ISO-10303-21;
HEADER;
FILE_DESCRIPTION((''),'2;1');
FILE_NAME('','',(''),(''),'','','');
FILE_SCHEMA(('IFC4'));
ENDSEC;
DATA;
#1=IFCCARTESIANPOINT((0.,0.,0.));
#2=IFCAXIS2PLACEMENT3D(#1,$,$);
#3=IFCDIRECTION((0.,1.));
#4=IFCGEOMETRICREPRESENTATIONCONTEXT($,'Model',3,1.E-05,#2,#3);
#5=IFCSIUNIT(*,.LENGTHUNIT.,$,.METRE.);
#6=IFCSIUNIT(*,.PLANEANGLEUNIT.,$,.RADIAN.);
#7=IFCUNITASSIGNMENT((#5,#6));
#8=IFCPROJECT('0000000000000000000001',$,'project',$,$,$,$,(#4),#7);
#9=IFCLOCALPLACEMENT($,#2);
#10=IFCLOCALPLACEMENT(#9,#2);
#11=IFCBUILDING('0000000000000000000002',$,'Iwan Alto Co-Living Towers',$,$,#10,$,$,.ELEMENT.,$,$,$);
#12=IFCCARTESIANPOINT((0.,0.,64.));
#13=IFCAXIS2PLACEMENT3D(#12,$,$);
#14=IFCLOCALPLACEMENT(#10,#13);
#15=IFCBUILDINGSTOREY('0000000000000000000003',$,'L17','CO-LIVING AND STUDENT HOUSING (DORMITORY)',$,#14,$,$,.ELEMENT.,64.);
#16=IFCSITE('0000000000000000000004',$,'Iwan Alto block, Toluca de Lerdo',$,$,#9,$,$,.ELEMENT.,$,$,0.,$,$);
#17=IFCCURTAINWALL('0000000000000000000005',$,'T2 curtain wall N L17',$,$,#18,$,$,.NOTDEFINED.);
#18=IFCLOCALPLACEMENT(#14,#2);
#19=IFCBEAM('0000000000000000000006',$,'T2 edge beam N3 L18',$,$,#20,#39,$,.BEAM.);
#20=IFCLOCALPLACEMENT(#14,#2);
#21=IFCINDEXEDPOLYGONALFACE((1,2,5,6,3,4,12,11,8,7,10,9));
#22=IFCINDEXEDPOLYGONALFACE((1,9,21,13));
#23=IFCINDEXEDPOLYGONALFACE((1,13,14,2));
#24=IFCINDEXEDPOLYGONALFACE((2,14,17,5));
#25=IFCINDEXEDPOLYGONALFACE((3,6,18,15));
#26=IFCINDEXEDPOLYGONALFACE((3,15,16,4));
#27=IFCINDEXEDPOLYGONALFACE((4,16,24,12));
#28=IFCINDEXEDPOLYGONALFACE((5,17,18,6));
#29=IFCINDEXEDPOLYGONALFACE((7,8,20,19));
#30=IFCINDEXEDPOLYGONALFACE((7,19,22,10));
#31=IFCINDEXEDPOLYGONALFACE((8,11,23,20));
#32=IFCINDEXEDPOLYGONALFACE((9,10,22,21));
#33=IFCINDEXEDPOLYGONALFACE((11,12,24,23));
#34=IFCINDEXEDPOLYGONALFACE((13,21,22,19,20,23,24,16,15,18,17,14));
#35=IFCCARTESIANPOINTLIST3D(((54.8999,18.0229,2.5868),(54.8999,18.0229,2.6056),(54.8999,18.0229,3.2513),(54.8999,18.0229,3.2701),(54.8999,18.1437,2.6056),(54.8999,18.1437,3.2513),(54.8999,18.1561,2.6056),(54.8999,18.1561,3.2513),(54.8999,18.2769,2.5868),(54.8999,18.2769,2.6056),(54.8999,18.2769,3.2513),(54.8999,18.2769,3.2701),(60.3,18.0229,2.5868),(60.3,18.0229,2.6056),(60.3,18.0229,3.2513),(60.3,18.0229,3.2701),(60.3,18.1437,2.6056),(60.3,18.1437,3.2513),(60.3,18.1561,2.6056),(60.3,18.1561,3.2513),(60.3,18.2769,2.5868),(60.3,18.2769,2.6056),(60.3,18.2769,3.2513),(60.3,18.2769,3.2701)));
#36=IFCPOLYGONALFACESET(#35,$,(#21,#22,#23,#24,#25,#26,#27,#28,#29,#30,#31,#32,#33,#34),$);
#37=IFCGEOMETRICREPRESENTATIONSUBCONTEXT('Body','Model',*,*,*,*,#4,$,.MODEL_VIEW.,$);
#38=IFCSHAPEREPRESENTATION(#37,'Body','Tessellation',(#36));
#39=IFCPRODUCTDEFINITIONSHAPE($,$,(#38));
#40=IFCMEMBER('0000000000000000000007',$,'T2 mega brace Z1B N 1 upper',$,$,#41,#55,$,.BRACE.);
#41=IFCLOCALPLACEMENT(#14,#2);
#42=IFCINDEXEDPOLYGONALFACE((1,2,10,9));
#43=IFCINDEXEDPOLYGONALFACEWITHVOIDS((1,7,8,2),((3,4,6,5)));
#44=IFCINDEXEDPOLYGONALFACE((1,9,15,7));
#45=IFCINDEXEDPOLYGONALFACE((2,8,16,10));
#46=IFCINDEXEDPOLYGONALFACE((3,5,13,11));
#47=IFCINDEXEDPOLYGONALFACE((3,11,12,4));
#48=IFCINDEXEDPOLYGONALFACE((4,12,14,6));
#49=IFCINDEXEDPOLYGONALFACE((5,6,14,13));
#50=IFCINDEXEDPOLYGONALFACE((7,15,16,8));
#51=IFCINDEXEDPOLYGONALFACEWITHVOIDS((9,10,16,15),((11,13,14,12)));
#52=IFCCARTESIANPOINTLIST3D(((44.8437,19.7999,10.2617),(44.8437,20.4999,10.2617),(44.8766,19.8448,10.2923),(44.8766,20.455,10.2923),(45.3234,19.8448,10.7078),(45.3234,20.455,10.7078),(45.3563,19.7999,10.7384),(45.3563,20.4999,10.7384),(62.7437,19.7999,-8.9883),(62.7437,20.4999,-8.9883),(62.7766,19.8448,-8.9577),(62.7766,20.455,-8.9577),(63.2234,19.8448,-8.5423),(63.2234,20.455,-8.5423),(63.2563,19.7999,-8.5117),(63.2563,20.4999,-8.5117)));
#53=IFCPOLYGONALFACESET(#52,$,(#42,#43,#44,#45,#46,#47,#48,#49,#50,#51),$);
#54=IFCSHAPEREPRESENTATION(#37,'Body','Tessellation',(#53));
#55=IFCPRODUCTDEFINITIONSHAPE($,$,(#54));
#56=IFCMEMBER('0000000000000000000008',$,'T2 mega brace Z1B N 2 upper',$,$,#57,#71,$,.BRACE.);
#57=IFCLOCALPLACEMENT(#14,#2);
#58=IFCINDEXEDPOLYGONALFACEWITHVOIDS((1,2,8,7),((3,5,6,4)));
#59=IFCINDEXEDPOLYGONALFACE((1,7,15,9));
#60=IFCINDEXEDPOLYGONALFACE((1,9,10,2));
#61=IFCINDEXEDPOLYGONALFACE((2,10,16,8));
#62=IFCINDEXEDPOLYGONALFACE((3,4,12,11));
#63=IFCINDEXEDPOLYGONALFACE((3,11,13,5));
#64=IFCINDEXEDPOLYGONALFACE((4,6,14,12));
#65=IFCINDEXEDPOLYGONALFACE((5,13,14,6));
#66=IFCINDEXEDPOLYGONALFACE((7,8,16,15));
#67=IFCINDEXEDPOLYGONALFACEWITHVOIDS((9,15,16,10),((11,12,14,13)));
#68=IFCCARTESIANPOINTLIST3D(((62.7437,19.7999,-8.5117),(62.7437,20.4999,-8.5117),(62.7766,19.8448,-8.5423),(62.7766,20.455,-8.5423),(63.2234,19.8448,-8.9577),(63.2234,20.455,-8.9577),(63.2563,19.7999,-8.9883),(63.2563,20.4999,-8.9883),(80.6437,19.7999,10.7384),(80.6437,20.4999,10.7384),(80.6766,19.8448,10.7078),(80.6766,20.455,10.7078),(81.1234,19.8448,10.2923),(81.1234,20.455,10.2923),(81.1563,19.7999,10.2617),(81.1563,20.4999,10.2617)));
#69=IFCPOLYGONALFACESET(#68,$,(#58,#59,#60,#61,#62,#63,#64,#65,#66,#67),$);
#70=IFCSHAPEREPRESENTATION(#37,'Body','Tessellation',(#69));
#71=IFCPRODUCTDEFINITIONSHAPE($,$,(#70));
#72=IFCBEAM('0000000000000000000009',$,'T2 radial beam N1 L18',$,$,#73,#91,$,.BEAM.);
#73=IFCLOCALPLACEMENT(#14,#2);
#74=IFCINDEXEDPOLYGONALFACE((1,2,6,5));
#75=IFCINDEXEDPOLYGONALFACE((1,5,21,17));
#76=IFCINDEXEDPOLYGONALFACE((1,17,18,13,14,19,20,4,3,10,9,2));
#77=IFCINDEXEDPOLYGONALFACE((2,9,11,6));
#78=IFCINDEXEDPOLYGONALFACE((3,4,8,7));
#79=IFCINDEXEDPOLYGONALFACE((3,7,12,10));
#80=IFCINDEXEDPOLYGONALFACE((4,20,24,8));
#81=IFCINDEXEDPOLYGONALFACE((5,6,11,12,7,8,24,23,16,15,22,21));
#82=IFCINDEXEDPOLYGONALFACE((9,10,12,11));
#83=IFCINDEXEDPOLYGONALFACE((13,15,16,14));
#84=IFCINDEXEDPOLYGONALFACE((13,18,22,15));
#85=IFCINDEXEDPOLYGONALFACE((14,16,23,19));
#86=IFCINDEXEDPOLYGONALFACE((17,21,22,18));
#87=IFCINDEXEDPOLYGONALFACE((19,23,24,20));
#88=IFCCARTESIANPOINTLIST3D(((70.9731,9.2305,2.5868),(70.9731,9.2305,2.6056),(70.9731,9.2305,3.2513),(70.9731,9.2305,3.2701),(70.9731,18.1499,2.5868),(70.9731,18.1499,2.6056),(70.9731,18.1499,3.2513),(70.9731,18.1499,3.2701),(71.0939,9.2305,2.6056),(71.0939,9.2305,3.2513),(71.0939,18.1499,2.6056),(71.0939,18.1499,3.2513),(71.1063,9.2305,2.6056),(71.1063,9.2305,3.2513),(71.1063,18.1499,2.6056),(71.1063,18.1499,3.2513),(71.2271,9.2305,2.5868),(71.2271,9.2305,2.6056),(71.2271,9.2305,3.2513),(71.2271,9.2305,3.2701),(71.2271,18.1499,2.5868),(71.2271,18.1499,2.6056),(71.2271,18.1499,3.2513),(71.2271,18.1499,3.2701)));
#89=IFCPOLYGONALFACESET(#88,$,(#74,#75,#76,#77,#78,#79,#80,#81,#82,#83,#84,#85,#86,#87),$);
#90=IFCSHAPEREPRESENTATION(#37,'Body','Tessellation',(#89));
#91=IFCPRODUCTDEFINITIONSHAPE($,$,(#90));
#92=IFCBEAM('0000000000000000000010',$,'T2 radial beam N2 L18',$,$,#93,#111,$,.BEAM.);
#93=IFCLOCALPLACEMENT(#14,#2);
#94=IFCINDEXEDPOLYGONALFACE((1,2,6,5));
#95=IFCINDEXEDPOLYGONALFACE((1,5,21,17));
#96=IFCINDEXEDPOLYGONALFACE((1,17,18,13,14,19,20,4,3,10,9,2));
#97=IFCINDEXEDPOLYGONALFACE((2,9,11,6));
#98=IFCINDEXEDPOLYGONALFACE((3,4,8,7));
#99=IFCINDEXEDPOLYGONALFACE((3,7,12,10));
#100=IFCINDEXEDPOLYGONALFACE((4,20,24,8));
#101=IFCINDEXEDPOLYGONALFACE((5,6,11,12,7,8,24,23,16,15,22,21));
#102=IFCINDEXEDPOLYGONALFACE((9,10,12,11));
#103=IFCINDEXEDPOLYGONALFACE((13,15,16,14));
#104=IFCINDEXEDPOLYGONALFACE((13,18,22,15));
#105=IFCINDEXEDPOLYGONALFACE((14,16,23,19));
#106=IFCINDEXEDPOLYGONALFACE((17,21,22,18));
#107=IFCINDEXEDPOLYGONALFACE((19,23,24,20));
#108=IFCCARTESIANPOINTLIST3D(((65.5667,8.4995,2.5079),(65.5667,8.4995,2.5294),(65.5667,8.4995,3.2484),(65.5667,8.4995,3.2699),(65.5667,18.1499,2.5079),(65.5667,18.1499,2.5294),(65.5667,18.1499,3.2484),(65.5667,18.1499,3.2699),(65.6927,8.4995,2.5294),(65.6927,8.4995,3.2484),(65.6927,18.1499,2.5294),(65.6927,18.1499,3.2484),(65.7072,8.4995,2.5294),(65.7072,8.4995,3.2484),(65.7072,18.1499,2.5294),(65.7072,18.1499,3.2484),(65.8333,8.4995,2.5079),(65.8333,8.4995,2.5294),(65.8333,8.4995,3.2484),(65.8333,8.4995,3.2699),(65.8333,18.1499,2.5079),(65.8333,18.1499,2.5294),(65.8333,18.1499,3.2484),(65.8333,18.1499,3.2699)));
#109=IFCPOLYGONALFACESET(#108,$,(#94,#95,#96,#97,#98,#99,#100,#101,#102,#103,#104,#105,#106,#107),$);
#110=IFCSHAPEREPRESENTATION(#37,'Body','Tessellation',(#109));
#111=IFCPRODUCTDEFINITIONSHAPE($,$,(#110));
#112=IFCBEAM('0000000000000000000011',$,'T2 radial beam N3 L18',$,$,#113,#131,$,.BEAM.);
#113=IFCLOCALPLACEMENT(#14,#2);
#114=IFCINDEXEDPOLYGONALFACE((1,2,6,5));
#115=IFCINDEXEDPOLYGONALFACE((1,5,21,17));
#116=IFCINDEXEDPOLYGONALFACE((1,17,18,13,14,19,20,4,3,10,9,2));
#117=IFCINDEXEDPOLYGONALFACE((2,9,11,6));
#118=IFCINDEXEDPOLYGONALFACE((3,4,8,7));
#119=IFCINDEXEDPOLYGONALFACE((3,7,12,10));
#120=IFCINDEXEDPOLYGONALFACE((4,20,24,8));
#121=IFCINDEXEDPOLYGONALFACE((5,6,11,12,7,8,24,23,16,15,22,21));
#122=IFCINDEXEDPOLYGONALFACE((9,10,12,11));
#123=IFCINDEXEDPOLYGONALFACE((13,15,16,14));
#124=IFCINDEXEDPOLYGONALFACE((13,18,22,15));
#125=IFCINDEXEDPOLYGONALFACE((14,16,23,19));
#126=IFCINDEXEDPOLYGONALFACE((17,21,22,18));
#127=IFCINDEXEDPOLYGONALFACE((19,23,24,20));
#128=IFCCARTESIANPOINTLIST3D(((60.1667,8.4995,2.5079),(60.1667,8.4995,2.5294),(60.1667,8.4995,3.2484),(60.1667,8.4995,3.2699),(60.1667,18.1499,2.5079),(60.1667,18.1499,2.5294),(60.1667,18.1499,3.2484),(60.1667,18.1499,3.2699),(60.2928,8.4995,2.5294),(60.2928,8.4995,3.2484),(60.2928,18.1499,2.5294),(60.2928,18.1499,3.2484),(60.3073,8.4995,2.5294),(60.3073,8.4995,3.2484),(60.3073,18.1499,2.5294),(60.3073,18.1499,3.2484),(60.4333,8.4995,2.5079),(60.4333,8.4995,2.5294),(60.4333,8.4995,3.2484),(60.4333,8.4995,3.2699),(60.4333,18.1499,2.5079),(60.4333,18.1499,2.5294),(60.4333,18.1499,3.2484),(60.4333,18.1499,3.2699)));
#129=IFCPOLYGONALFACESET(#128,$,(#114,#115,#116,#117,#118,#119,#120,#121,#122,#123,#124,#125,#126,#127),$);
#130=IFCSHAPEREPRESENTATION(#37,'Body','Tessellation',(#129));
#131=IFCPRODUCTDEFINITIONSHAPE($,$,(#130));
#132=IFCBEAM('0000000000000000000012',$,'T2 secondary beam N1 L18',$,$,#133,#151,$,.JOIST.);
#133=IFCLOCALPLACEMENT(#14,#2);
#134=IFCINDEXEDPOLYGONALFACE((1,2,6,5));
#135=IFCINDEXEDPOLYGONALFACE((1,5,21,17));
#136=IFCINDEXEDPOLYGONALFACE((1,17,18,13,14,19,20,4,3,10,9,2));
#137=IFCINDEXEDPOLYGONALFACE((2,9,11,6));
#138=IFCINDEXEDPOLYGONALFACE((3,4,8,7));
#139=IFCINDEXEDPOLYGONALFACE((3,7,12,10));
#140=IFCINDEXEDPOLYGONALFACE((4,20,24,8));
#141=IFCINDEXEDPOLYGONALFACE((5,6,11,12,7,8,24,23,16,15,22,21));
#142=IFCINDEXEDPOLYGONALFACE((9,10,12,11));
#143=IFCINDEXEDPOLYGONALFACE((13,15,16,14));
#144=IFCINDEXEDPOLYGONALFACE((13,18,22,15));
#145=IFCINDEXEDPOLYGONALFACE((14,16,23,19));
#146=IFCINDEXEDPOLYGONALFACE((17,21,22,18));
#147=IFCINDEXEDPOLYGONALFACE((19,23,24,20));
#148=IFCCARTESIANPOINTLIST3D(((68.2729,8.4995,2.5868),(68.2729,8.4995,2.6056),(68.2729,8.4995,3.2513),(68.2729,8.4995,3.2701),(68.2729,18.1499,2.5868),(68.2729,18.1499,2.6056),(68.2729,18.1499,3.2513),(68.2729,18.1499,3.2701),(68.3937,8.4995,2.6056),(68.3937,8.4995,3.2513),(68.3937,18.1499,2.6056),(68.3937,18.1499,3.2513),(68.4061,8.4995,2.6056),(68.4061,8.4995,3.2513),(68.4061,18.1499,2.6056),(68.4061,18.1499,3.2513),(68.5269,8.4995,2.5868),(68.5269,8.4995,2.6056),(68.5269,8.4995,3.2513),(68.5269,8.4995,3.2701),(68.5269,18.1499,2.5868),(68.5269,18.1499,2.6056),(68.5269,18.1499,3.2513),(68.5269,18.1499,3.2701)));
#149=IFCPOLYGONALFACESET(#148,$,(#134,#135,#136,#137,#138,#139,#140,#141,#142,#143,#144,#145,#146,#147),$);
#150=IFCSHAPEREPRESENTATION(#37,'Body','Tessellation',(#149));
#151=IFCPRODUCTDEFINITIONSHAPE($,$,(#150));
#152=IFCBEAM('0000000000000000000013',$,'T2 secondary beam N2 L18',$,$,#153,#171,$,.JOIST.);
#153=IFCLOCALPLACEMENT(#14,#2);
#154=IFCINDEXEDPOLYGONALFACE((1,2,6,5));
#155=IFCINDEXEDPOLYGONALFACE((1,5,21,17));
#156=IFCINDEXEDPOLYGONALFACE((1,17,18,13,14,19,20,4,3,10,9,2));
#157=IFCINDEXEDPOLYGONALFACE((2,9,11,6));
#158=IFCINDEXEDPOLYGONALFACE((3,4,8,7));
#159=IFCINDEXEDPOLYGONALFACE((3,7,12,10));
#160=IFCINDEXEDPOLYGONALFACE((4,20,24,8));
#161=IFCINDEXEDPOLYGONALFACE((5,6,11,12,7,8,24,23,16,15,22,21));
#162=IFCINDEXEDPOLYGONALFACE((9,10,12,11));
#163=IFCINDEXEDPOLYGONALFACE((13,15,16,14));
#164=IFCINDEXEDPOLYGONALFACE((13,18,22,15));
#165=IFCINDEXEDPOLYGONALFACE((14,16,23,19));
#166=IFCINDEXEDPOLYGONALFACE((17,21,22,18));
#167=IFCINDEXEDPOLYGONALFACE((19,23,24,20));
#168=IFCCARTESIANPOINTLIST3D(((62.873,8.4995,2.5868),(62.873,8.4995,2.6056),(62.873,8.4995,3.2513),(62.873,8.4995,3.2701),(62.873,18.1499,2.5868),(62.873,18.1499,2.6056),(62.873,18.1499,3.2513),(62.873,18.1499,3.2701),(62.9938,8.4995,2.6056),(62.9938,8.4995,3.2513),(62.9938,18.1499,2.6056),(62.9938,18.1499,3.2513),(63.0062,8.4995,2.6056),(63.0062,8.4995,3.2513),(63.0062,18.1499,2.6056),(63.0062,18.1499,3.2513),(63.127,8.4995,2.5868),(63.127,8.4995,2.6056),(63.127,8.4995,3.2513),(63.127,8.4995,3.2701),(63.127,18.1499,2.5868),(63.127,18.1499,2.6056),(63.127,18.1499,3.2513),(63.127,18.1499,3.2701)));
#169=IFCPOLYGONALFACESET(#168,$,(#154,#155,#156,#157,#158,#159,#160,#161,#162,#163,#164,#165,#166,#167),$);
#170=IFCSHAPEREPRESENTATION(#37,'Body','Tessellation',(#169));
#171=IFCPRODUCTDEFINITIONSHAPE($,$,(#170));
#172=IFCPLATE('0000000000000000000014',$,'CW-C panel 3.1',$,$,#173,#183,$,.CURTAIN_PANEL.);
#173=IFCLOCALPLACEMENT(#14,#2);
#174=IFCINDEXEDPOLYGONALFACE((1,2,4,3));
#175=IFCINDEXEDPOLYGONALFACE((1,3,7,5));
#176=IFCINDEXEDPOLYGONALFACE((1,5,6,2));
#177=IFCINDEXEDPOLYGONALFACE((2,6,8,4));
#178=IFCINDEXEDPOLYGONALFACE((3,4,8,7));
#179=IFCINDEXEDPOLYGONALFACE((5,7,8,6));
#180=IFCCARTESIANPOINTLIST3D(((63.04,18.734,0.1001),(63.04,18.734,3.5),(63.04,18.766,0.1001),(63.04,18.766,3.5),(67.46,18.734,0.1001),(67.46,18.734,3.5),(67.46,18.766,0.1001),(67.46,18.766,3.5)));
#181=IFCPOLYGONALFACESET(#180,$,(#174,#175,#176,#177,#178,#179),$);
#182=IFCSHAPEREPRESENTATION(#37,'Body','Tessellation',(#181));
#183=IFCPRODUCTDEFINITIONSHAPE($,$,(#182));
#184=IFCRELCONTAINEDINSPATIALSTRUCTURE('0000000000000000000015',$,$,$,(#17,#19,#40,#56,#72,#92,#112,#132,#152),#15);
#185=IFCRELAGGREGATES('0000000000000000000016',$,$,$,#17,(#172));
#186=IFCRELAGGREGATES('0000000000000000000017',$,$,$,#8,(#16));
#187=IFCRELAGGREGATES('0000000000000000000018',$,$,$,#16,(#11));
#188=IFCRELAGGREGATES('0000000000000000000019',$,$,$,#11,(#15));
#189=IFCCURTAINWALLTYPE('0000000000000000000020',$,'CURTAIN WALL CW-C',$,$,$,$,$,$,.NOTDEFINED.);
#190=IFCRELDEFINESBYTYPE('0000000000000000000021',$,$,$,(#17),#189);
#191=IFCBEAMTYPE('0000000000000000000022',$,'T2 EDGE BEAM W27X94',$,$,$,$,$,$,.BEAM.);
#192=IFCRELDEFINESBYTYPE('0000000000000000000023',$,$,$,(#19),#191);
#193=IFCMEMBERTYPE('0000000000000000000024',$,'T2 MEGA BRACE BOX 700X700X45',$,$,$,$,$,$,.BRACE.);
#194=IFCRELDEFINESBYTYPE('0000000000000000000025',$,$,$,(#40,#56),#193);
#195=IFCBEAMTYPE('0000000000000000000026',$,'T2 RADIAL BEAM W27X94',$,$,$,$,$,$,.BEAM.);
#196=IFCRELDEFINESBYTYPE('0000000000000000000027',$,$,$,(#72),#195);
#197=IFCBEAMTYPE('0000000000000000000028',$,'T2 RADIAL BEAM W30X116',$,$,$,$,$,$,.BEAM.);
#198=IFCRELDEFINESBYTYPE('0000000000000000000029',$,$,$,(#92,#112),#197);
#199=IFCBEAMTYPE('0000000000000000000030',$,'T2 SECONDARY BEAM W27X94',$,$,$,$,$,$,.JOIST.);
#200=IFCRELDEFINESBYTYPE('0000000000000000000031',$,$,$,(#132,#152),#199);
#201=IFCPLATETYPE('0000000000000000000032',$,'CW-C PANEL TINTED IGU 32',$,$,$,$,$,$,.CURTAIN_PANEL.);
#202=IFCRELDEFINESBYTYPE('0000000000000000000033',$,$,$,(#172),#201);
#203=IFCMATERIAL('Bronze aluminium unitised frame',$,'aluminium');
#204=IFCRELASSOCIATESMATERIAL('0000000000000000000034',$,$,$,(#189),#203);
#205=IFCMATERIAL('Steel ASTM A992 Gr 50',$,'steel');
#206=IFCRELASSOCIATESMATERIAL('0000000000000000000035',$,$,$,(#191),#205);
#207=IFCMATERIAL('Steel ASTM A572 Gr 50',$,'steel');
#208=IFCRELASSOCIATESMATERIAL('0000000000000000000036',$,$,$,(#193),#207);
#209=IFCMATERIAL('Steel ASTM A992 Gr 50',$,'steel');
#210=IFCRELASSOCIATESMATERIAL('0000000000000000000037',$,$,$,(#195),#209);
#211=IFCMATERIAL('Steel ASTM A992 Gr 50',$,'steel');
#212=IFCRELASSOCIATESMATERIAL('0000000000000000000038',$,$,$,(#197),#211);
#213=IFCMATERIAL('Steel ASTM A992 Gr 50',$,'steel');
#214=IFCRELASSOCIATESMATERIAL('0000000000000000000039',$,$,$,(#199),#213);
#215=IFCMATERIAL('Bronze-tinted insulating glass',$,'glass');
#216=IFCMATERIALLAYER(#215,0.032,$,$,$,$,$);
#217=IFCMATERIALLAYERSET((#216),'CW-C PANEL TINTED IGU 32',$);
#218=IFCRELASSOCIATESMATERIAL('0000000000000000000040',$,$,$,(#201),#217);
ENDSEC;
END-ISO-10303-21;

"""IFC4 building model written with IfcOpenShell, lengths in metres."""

from ifc_helpers import new_model, si_unit, direction, frame, origin, origin_2d, place, context, subcontext, project, spatial, rectangle, hollow_rectangle, i_section, extrude, material, layer, layer_set, material_profile, profile_set, type_object, element, aggregate, save


model = new_model("IFC4")

# Units and contexts
model_context = context("Model", 3, precision=1e-05, world=origin(), true_north=direction((0.0, 1.0)))
body_context = subcontext(model_context, "Body", "Model", "MODEL_VIEW")
ifc_project = project(units=[si_unit("LENGTHUNIT", "METRE"), si_unit("PLANEANGLEUNIT", "RADIAN")], contexts=[model_context])

# Site, building, storey
site_placement = place(None, origin())
site = spatial("IfcSite", under=ifc_project, at=site_placement, Name="Iwan Alto block, Toluca de Lerdo", CompositionType="ELEMENT", RefElevation=0.0)
building_placement = place(site_placement, origin())
building = spatial("IfcBuilding", under=site, at=building_placement, Name="Iwan Alto Co-Living Towers", CompositionType="ELEMENT")
storey_placement = place(building_placement, frame((0.0, 0.0, 64.0)))
storey = spatial("IfcBuildingStorey", under=building, at=storey_placement, Name="L17", Description="CO-LIVING AND STUDENT HOUSING (DORMITORY)", CompositionType="ELEMENT", Elevation=64.0)

# Curtain wall
ifc_material_1 = material(Name="Bronze aluminium unitised frame", Category="aluminium")
curtain_wall_type = type_object("IfcCurtainWallType", Name="CURTAIN WALL CW-C", PredefinedType="NOTDEFINED", material=ifc_material_1)
curtain_wall_placement = place(storey_placement, origin())
curtain_wall = element("IfcCurtainWall", 1, at=curtain_wall_placement, inside=storey, type_object=curtain_wall_type, Name="T2 curtain wall N L17", PredefinedType="NOTDEFINED")

# Beam
ifc_material_2 = material(Name="Steel ASTM A992 Gr 50", Category="steel")
ifc_material_profile_1 = material_profile(ifc_material_2, i_section(OverallWidth=0.2539, OverallDepth=0.6833, WebThickness=0.0125, FlangeThickness=0.0188, at=origin_2d()), Name="W27X94")
ifc_profile_set_1 = profile_set([ifc_material_profile_1], Name="Steel ASTM A992 Gr 50")
beam_type_1 = type_object("IfcBeamType", Name="T2 EDGE BEAM W27X94", PredefinedType="BEAM", material=ifc_profile_set_1)
beam_1_placement = place(storey_placement, frame((60.3, 18.1499, 2.9285), z_axis=(-1.0, 0.0, 0.0), x_axis=(0.0, -1.0, 0.0)))
element("IfcBeam", 2, at=beam_1_placement, inside=storey, type_object=beam_type_1, Name="T2 edge beam N3 L18", PredefinedType="BEAM", context=body_context, shape_type="SweptSolid", body=[
    extrude(i_section(OverallWidth=0.2539, OverallDepth=0.6833, WebThickness=0.0125, FlangeThickness=0.0188, at=origin_2d()), origin(), (0.0, 0.0, 1.0), 5.4001),
])

# Members
ifc_material_3 = material(Name="Steel ASTM A572 Gr 50", Category="steel")
ifc_material_profile_2 = material_profile(ifc_material_3, hollow_rectangle(XDim=0.7, YDim=0.7, WallThickness=0.0449, at=origin_2d()), Name="BOX 700X700X45")
ifc_profile_set_2 = profile_set([ifc_material_profile_2], Name="Steel ASTM A572 Gr 50")
member_type_1 = type_object("IfcMemberType", Name="T2 MEGA BRACE BOX 700X700X45", PredefinedType="BRACE", material=ifc_profile_set_2)
for number, where, z_axis, x_axis, name in (
    (3, (63.0, 20.1499, -8.75), (-0.68096, 0.0, 0.732321), (0.0, -1.0, 0.0), "T2 mega brace Z1B N 1 upper"),
    (4, (63.0, 20.1499, -8.75), (0.68096, 0.0, 0.732321), (0.0, 1.0, 0.0), "T2 mega brace Z1B N 2 upper"),
):
    element("IfcMember", number, at=place(storey_placement, frame(where, z_axis=z_axis, x_axis=x_axis)), inside=storey, type_object=member_type_1, Name=name, PredefinedType="BRACE", context=body_context, shape_type="SweptSolid", body=[
        extrude(hollow_rectangle(XDim=0.7, YDim=0.7, WallThickness=0.0449, at=origin_2d()), origin(), (0.0, 0.0, 1.0), 26.2864),
    ])

# Beams
ifc_material_4 = material(Name="Steel ASTM A992 Gr 50", Category="steel")
ifc_material_profile_3 = material_profile(ifc_material_4, i_section(OverallWidth=0.2539, OverallDepth=0.6833, WebThickness=0.0125, FlangeThickness=0.0188, at=origin_2d()), Name="W27X94")
ifc_profile_set_3 = profile_set([ifc_material_profile_3], Name="Steel ASTM A992 Gr 50")
beam_type_2 = type_object("IfcBeamType", Name="T2 RADIAL BEAM W27X94", PredefinedType="BEAM", material=ifc_profile_set_3)
beam_2_placement = place(storey_placement, frame((71.1001, 18.1499, 2.9285), z_axis=(0.0, -1.0, 0.0), x_axis=(1.0, 0.0, 0.0)))
element("IfcBeam", 5, at=beam_2_placement, inside=storey, type_object=beam_type_2, Name="T2 radial beam N1 L18", PredefinedType="BEAM", context=body_context, shape_type="SweptSolid", body=[
    extrude(i_section(OverallWidth=0.2539, OverallDepth=0.6833, WebThickness=0.0125, FlangeThickness=0.0188, at=origin_2d()), origin(), (0.0, 0.0, 1.0), 8.9194),
])
ifc_material_5 = material(Name="Steel ASTM A992 Gr 50", Category="steel")
ifc_material_profile_4 = material_profile(ifc_material_5, i_section(OverallWidth=0.2666, OverallDepth=0.762, WebThickness=0.0144, FlangeThickness=0.0215, at=origin_2d()), Name="W30X116")
ifc_profile_set_4 = profile_set([ifc_material_profile_4], Name="Steel ASTM A992 Gr 50")
beam_type_3 = type_object("IfcBeamType", Name="T2 RADIAL BEAM W30X116", PredefinedType="BEAM", material=ifc_profile_set_4)
for number, where, z_axis, x_axis, name in (
    (6, (65.7, 18.1499, 2.8889), (0.0, -1.0, 0.0), (1.0, 0.0, 0.0), "T2 radial beam N2 L18"),
    (7, (60.3, 18.1499, 2.8889), (0.0, -1.0, 0.0), (1.0, 0.0, 0.0), "T2 radial beam N3 L18"),
):
    element("IfcBeam", number, at=place(storey_placement, frame(where, z_axis=z_axis, x_axis=x_axis)), inside=storey, type_object=beam_type_3, Name=name, PredefinedType="BEAM", context=body_context, shape_type="SweptSolid", body=[
        extrude(i_section(OverallWidth=0.2666, OverallDepth=0.762, WebThickness=0.0144, FlangeThickness=0.0215, at=origin_2d()), origin(), (0.0, 0.0, 1.0), 9.6504),
    ])
ifc_material_6 = material(Name="Steel ASTM A992 Gr 50", Category="steel")
ifc_material_profile_5 = material_profile(ifc_material_6, i_section(OverallWidth=0.2539, OverallDepth=0.6833, WebThickness=0.0125, FlangeThickness=0.0188, at=origin_2d()), Name="W27X94")
ifc_profile_set_5 = profile_set([ifc_material_profile_5], Name="Steel ASTM A992 Gr 50")
beam_type_4 = type_object("IfcBeamType", Name="T2 SECONDARY BEAM W27X94", PredefinedType="JOIST", material=ifc_profile_set_5)
for number, where, z_axis, x_axis, name in (
    (8, (68.3999, 18.1499, 2.9285), (0.0, -1.0, 0.0), (1.0, 0.0, 0.0), "T2 secondary beam N1 L18"),
    (9, (63.0, 18.1499, 2.9285), (0.0, -1.0, 0.0), (1.0, 0.0, 0.0), "T2 secondary beam N2 L18"),
):
    element("IfcBeam", number, at=place(storey_placement, frame(where, z_axis=z_axis, x_axis=x_axis)), inside=storey, type_object=beam_type_4, Name=name, PredefinedType="JOIST", context=body_context, shape_type="SweptSolid", body=[
        extrude(i_section(OverallWidth=0.2539, OverallDepth=0.6833, WebThickness=0.0125, FlangeThickness=0.0188, at=origin_2d()), origin(), (0.0, 0.0, 1.0), 9.6504),
    ])

# Plate
ifc_material_7 = material(Name="Bronze-tinted insulating glass", Category="glass")
ifc_layer_1 = layer(ifc_material_7, 0.032)
ifc_layer_set_1 = layer_set([ifc_layer_1], Name="CW-C PANEL TINTED IGU 32")
plate_type_1 = type_object("IfcPlateType", Name="CW-C PANEL TINTED IGU 32", PredefinedType="CURTAIN_PANEL", material=ifc_layer_set_1)
plate_1_placement = place(storey_placement, frame((65.25, 18.75, 0.1001), z_axis=(0.0, 0.0, 1.0), x_axis=(-1.0, 0.0, 0.0)))
plate_1 = element("IfcPlate", 10, at=plate_1_placement, type_object=plate_type_1, Name="CW-C panel 3.1", PredefinedType="CURTAIN_PANEL", context=body_context, shape_type="SweptSolid", body=[
    extrude(rectangle(XDim=4.4199, YDim=0.032, at=origin_2d()), origin(), (0.0, 0.0, 1.0), 3.3999),
])
aggregate(curtain_wall, [plate_1])

save(model, "model.ifc")
